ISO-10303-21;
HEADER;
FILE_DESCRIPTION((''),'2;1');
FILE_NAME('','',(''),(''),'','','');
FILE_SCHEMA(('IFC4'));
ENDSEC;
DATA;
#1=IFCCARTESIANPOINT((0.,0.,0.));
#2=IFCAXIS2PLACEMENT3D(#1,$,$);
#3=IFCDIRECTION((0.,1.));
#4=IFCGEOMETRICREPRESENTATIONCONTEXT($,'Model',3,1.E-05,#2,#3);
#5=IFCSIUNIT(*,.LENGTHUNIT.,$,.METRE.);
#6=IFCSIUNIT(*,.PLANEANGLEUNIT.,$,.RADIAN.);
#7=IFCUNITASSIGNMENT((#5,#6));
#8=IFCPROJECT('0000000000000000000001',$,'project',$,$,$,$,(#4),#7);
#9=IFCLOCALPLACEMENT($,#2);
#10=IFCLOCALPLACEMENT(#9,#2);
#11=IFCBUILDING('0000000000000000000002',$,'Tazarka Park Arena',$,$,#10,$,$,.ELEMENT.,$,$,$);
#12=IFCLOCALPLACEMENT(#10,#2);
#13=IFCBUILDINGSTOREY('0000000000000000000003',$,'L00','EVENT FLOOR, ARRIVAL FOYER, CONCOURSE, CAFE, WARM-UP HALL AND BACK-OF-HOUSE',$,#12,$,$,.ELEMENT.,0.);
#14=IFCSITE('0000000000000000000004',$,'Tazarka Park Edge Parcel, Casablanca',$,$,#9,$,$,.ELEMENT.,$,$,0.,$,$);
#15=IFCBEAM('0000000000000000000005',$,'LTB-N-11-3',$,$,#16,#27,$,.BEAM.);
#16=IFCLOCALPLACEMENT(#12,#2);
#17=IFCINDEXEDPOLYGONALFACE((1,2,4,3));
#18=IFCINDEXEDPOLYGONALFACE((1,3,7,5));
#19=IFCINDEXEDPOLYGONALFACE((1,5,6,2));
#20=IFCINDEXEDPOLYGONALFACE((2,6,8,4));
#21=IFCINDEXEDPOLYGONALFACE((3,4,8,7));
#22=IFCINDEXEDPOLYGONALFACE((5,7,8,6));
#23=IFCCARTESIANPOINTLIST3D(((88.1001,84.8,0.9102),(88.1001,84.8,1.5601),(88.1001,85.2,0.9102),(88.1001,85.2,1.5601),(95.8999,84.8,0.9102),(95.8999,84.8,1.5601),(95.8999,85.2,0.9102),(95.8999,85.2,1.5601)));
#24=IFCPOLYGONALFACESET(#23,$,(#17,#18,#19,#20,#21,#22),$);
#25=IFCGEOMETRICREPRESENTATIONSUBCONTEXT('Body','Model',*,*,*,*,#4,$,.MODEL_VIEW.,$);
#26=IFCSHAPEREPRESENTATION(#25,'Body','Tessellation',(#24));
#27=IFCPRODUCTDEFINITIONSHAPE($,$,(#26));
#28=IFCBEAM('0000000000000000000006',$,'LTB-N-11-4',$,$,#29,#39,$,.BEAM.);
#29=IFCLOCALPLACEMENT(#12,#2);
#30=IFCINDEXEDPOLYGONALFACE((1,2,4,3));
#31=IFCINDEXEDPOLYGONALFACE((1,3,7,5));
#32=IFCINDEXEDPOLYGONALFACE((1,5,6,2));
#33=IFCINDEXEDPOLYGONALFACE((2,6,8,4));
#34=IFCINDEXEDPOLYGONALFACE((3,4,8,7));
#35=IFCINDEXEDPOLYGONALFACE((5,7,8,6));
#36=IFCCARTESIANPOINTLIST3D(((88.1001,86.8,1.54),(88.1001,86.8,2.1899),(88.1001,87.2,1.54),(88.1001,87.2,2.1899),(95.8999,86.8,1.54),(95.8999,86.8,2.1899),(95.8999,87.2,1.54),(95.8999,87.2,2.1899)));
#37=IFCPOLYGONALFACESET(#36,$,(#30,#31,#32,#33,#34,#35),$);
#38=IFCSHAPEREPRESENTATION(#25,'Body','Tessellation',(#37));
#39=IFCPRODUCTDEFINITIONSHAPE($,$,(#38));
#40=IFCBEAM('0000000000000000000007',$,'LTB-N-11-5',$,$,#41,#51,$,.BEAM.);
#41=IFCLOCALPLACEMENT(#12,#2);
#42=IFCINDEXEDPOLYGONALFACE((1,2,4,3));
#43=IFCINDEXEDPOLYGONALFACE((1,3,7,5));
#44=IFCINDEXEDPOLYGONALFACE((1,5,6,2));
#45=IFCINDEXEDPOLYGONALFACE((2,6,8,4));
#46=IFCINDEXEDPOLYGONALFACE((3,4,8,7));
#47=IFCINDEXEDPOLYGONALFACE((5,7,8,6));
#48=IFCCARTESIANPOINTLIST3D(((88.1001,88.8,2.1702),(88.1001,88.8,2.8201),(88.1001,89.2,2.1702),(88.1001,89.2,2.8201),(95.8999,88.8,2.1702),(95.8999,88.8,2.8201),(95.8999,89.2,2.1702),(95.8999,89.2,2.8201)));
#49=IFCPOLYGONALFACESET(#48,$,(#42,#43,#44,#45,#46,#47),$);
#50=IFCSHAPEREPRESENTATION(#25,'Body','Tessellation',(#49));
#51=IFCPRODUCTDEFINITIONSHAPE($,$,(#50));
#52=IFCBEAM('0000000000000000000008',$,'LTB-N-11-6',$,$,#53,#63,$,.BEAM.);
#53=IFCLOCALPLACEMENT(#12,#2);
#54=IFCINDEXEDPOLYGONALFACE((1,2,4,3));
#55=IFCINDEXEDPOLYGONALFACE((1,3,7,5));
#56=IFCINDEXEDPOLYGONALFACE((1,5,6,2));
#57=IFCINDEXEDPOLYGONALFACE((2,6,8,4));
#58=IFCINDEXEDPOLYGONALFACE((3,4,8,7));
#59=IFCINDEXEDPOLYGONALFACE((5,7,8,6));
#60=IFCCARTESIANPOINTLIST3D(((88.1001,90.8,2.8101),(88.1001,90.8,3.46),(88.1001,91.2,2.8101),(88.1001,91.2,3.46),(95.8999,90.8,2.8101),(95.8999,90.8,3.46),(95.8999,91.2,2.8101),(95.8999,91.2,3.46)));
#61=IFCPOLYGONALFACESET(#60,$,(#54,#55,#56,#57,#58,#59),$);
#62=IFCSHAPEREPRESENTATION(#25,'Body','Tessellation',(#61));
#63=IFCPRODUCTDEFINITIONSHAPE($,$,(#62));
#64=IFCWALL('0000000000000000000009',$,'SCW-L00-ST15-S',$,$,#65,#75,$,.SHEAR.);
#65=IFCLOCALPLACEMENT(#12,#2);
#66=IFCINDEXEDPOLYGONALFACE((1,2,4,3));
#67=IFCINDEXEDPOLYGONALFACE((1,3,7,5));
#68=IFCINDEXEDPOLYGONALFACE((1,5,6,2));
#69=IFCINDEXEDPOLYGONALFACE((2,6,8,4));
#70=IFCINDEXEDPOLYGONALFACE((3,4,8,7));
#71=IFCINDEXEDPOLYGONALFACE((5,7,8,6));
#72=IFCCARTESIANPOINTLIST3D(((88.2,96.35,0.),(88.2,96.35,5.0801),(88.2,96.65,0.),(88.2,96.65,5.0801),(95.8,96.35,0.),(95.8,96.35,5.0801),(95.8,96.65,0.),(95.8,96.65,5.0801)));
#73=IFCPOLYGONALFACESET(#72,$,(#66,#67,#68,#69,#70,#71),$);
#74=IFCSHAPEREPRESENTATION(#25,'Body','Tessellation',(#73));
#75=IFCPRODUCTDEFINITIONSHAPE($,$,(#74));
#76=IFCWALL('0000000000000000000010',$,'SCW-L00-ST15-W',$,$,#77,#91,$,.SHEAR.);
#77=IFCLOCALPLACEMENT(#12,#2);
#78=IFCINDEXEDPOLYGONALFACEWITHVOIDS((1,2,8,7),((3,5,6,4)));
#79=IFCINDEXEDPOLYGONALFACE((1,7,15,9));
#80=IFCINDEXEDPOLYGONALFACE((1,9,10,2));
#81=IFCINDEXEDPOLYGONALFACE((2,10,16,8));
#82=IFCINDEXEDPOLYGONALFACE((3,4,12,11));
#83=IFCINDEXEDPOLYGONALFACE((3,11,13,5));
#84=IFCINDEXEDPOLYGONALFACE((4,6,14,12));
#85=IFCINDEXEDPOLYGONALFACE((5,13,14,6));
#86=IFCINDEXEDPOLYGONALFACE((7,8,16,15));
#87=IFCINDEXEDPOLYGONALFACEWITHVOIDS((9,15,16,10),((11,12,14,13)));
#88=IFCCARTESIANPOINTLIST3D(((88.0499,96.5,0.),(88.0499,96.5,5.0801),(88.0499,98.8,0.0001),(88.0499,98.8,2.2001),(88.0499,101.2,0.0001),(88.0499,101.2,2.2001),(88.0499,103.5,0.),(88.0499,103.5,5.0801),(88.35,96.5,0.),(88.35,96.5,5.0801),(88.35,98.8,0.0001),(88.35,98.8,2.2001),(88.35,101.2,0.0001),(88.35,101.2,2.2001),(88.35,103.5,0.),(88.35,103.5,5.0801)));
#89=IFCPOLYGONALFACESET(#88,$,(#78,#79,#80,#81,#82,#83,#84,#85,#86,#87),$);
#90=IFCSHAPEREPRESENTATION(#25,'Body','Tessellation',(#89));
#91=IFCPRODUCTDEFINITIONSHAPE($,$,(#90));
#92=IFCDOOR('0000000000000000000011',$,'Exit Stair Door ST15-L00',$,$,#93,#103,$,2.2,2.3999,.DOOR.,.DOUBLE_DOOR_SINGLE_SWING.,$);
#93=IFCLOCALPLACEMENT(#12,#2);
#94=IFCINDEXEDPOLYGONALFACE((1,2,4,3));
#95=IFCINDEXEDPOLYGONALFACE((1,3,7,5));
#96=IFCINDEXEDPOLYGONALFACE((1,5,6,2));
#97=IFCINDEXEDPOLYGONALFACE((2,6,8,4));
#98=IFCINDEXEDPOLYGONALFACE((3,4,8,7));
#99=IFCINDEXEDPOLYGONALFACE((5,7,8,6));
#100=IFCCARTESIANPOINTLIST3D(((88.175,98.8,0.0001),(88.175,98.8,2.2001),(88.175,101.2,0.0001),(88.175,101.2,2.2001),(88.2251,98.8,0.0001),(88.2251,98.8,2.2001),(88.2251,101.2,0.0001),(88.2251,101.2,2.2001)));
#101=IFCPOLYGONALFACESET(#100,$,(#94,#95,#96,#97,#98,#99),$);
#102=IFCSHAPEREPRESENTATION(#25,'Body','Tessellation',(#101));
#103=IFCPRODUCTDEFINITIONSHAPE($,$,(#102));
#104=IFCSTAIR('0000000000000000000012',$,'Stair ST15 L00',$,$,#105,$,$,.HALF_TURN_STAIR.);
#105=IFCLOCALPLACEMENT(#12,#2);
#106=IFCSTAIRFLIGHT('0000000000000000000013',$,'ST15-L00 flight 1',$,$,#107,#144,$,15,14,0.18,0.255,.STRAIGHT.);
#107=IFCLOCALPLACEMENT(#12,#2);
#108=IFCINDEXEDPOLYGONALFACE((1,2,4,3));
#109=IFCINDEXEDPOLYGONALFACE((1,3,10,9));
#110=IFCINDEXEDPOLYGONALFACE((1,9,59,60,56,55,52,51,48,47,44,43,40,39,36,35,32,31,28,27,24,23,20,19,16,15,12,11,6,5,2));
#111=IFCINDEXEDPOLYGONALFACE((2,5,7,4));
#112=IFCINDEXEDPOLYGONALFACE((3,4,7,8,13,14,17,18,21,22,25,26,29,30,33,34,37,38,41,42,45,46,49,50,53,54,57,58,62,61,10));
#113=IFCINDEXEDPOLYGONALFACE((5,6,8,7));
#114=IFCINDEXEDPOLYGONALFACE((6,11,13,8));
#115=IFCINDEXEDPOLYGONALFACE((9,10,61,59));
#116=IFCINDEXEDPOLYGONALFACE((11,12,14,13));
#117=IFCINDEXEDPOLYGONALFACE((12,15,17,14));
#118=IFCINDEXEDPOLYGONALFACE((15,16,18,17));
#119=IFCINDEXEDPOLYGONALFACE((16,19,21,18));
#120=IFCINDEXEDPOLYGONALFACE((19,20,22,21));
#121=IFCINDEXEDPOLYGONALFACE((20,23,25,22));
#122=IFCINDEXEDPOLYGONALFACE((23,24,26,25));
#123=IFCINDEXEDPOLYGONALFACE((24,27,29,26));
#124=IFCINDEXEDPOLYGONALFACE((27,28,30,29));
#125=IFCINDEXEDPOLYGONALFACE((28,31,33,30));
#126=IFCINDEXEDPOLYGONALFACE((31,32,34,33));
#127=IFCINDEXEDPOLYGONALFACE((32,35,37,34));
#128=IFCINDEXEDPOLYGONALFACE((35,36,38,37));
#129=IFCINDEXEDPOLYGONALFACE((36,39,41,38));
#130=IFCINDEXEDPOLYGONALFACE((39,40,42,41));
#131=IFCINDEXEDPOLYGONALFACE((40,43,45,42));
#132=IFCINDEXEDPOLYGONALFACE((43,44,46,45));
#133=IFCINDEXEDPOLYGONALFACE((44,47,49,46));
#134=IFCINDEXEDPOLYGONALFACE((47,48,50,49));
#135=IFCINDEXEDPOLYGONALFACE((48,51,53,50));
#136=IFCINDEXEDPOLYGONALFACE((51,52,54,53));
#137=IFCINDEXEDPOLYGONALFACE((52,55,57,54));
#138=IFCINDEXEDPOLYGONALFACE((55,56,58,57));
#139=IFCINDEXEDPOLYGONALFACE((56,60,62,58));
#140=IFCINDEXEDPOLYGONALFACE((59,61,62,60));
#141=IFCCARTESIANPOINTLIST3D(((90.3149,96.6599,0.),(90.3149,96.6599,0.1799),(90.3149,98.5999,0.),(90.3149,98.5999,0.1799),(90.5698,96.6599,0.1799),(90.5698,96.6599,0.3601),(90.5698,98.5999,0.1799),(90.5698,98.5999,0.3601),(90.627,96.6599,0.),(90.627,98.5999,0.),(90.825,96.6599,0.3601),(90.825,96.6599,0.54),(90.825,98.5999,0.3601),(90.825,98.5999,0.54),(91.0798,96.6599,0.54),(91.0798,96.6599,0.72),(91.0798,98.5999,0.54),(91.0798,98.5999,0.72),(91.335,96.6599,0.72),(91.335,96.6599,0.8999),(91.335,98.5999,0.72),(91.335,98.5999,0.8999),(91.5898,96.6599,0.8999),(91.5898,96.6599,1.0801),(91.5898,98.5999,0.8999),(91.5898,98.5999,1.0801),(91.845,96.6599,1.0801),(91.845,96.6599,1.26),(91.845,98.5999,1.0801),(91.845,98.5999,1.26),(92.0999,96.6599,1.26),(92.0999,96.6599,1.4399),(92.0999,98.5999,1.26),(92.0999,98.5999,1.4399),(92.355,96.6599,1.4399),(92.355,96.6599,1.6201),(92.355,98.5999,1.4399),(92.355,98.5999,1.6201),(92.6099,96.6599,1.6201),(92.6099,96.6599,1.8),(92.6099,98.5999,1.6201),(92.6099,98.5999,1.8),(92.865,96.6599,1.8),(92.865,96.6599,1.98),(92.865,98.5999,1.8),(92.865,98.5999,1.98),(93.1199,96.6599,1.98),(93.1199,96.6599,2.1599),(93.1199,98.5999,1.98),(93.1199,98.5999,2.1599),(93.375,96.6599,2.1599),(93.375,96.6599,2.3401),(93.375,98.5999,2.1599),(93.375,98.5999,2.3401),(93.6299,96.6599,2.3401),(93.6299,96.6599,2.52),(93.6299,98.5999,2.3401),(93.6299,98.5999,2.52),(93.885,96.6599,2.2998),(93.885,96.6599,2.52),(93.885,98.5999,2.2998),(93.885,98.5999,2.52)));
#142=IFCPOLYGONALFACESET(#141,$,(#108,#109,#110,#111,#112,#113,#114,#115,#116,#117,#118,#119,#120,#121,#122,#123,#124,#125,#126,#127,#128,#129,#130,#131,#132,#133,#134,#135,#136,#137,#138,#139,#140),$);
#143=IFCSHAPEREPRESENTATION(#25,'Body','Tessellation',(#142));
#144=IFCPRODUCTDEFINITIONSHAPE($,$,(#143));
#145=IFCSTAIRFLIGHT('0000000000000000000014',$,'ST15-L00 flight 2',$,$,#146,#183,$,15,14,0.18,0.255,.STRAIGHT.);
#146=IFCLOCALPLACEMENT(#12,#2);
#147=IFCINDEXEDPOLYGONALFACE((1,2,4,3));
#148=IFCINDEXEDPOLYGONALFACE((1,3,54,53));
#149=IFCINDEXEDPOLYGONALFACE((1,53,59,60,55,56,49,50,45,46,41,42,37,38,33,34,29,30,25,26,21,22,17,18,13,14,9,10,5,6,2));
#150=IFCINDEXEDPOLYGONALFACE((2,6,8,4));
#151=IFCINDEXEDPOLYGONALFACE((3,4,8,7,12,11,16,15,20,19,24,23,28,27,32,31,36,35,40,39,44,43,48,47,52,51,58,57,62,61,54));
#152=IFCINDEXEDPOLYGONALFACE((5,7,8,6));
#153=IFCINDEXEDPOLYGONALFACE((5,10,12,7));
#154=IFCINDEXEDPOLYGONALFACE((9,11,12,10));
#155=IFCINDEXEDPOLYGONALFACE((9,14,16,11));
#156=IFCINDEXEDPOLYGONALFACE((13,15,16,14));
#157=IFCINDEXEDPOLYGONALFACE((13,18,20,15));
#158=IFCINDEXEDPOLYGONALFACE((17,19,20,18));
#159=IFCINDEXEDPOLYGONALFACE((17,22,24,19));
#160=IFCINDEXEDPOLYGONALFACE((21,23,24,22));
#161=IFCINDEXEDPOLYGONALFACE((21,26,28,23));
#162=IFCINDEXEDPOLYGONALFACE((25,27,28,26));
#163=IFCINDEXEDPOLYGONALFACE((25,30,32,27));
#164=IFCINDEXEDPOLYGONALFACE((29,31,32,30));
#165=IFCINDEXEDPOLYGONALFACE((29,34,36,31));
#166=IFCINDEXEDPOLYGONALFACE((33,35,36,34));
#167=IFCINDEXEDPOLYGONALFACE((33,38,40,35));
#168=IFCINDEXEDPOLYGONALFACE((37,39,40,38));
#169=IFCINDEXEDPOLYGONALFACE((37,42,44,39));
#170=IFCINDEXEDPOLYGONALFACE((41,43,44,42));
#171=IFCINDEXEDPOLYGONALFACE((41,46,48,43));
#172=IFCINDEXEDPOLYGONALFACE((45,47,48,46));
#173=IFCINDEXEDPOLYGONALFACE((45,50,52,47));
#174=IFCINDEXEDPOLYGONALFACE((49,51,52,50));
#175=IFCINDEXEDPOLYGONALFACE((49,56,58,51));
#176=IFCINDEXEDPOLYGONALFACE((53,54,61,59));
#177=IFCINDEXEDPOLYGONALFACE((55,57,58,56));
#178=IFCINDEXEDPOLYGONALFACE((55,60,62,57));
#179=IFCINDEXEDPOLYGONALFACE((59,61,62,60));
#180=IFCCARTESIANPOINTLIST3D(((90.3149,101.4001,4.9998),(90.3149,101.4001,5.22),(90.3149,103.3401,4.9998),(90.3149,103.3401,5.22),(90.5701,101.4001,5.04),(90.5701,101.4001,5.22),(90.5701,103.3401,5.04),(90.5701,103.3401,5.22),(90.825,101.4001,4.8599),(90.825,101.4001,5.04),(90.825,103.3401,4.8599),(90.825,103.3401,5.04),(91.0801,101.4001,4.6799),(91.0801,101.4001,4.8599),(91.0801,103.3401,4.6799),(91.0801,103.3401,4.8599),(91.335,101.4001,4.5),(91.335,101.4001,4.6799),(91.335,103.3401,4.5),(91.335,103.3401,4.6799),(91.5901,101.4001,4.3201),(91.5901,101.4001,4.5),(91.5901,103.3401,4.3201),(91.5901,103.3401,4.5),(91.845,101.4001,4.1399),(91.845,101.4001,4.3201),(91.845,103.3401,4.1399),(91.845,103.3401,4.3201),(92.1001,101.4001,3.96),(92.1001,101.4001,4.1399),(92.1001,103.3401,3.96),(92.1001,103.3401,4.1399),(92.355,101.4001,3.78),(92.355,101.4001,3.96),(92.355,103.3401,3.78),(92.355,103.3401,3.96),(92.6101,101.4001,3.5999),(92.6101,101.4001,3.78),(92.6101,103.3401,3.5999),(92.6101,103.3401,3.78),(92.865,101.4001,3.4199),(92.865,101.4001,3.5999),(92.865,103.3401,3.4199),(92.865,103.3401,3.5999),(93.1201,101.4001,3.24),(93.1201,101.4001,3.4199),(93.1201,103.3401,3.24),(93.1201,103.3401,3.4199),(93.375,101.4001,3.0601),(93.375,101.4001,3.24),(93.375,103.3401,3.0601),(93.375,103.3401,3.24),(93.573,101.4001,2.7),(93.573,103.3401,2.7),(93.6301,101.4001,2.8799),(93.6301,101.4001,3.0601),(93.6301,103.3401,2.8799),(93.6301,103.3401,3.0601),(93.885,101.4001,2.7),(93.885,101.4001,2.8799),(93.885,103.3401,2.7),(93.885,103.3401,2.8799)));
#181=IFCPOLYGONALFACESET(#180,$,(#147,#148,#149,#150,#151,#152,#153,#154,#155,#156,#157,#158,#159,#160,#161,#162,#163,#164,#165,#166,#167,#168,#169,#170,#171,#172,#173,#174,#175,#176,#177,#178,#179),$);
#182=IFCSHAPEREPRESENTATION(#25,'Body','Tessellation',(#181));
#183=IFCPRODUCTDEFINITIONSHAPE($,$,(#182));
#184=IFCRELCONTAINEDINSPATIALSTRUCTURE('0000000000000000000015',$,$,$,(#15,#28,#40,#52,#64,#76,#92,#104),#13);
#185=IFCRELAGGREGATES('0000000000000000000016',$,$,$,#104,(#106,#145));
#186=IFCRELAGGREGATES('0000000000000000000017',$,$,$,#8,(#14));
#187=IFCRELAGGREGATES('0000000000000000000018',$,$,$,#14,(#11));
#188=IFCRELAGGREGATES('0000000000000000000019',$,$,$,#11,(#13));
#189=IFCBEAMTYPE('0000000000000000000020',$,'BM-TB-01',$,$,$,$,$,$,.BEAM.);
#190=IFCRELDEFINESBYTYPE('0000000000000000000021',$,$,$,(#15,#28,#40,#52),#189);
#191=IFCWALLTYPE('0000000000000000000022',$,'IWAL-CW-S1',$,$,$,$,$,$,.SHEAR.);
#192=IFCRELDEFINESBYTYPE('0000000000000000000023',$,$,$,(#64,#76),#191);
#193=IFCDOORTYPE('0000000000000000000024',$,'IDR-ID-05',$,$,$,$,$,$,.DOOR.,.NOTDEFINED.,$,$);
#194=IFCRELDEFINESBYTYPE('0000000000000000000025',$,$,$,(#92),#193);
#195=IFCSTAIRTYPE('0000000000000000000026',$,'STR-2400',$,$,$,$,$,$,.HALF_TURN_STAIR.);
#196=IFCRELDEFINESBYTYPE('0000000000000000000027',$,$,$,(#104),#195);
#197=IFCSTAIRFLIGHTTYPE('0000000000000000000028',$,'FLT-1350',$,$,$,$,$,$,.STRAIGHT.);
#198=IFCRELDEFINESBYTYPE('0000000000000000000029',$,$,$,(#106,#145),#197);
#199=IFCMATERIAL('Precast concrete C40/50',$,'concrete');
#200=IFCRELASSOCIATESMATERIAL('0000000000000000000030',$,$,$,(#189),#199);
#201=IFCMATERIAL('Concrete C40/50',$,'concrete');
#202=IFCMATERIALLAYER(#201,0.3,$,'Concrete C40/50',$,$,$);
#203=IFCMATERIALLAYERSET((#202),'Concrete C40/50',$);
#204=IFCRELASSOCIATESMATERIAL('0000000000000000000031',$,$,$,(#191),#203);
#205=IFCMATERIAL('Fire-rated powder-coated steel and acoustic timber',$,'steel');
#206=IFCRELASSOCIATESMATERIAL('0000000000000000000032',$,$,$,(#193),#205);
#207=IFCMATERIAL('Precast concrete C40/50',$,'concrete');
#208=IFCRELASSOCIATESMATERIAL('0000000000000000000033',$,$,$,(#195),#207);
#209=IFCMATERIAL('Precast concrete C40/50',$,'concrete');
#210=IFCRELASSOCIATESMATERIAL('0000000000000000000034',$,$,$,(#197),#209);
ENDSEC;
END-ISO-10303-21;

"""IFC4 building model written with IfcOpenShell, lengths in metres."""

from ifc_helpers import new_model, si_unit, direction, frame, frame_2d, origin, origin_2d, place, context, subcontext, project, spatial, polyline, rectangle, outline, extrude, material, layer, layer_set, material_profile, profile_set, type_object, element, fill, aggregate, save


model = new_model("IFC4")

# Units and contexts
model_context = context("Model", 3, precision=1e-05, world=origin(), true_north=direction((0.0, 1.0)))
body_context = subcontext(model_context, "Body", "Model", "MODEL_VIEW")
ifc_project = project(units=[si_unit("LENGTHUNIT", "METRE"), si_unit("PLANEANGLEUNIT", "RADIAN")], contexts=[model_context])

# Site, building, storey
site_placement = place(None, origin())
site = spatial("IfcSite", under=ifc_project, at=site_placement, Name="Tazarka Park Edge Parcel, Casablanca", CompositionType="ELEMENT", RefElevation=0.0)
building_placement = place(site_placement, origin())
building = spatial("IfcBuilding", under=site, at=building_placement, Name="Tazarka Park Arena", CompositionType="ELEMENT")
storey_placement = place(building_placement, origin())
storey = spatial("IfcBuildingStorey", under=building, at=storey_placement, Name="L00", Description="EVENT FLOOR, ARRIVAL FOYER, CONCOURSE, CAFE, WARM-UP HALL AND BACK-OF-HOUSE", CompositionType="ELEMENT", Elevation=0.0)

# Beams
ifc_material_1 = material(Name="Precast concrete C40/50", Category="concrete")
ifc_material_profile_1 = material_profile(ifc_material_1, rectangle(XDim=0.3999, YDim=0.6499, at=origin_2d()), Name="Precast concrete C40/50")
ifc_profile_set_1 = profile_set([ifc_material_profile_1], Name="Precast concrete C40/50")
beam_type_1 = type_object("IfcBeamType", Name="BM-TB-01", PredefinedType="BEAM", material=ifc_profile_set_1)
for number, where, z_axis, x_axis, name in (
    (1, (88.1001, 85.0, 1.2351), (1.0, 0.0, 0.0), (0.0, 1.0, 0.0), "LTB-N-11-3"),
    (2, (88.1001, 87.0, 1.865), (1.0, 0.0, 0.0), (0.0, 1.0, 0.0), "LTB-N-11-4"),
    (3, (88.1001, 89.0, 2.4951), (1.0, 0.0, 0.0), (0.0, 1.0, 0.0), "LTB-N-11-5"),
    (4, (88.1001, 91.0, 3.135), (1.0, 0.0, 0.0), (0.0, 1.0, 0.0), "LTB-N-11-6"),
):
    element("IfcBeam", number, at=place(storey_placement, frame(where, z_axis=z_axis, x_axis=x_axis)), inside=storey, type_object=beam_type_1, Name=name, PredefinedType="BEAM", context=body_context, shape_type="SweptSolid", body=[
        extrude(rectangle(XDim=0.3999, YDim=0.6499, at=origin_2d()), origin(), (0.0, 0.0, 1.0), 7.7998),
    ])

# Wall
ifc_material_2 = material(Name="Concrete C40/50", Category="concrete")
ifc_layer = layer(ifc_material_2, 0.3, Name="Concrete C40/50")
ifc_layer_set = layer_set([ifc_layer], Name="Concrete C40/50")
wall_type = type_object("IfcWallType", Name="IWAL-CW-S1", PredefinedType="SHEAR", material=ifc_layer_set)
wall_1_placement = place(storey_placement, frame((95.8, 96.5, 0.0), z_axis=(0.0, 0.0, 1.0), x_axis=(-1.0, 0.0, 0.0)))
element("IfcWall", 5, at=wall_1_placement, inside=storey, type_object=wall_type, Name="SCW-L00-ST15-S", PredefinedType="SHEAR", context=body_context, shape_type="SweptSolid", body=[
    extrude(rectangle(XDim=7.6001, YDim=0.3, at=frame_2d((3.8, 0.0))), origin(), (0.0, 0.0, 1.0), 5.0801),
])

# Wall, opening, door
wall_2_placement = place(storey_placement, frame((88.2, 96.5, 0.0), z_axis=(0.0, 0.0, 1.0), x_axis=(0.0, 1.0, 0.0)))
wall_2 = element("IfcWall", 6, at=wall_2_placement, inside=storey, type_object=wall_type, Name="SCW-L00-ST15-W", PredefinedType="SHEAR", context=body_context, shape_type="SweptSolid", body=[
    extrude(rectangle(XDim=7.0, YDim=0.3, at=frame_2d((3.5, 0.0))), origin(), (0.0, 0.0, 1.0), 5.0801),
])
opening_placement = place(wall_2_placement, frame((2.3, 0.0, 0.0)))
opening = element("IfcOpeningElement", 7, at=opening_placement, cuts=wall_2, PredefinedType="OPENING", context=body_context, shape_type="SweptSolid", body=[
    extrude(rectangle(XDim=2.3999, YDim=2.2, at=frame_2d((1.2, 1.1001))), frame((0.0, 0.1602, 0.0), z_axis=(0.0, -1.0, 0.0), x_axis=(1.0, 0.0, 0.0)), (0.0, 0.0, 1.0), 0.3201),
])
ifc_material_3 = material(Name="Fire-rated powder-coated steel and acoustic timber", Category="steel")
door_type = type_object("IfcDoorType", Name="IDR-ID-05", OperationType="NOTDEFINED", PredefinedType="DOOR", material=ifc_material_3)
door_placement = place(opening_placement, origin())
door = element("IfcDoor", 8, at=door_placement, inside=storey, type_object=door_type, Name="Exit Stair Door ST15-L00", OperationType="DOUBLE_DOOR_SINGLE_SWING", OverallHeight=2.2, OverallWidth=2.3999, PredefinedType="DOOR", context=body_context, shape_type="SweptSolid", body=[
    extrude(rectangle(XDim=2.3999, YDim=2.2, at=frame_2d((1.2, 1.1001))), frame((0.0, 0.0249, 0.0), z_axis=(0.0, -1.0, 0.0), x_axis=(1.0, 0.0, 0.0)), (0.0, 0.0, 1.0), 0.05),
])
fill(opening, door)

# Stair, stair flights
ifc_material_4 = material(Name="Precast concrete C40/50", Category="concrete")
stair_type = type_object("IfcStairType", Name="STR-2400", PredefinedType="HALF_TURN_STAIR", material=ifc_material_4)
stair_placement = place(storey_placement, origin())
stair = element("IfcStair", 9, at=stair_placement, inside=storey, type_object=stair_type, Name="Stair ST15 L00", PredefinedType="HALF_TURN_STAIR")
ifc_material_5 = material(Name="Precast concrete C40/50", Category="concrete")
stair_flight_type = type_object("IfcStairFlightType", Name="FLT-1350", PredefinedType="STRAIGHT", material=ifc_material_5)
stair_flight_1_placement = place(storey_placement, frame((90.3149, 97.6299, 0.0), z_axis=(0.0, 0.0, 1.0), x_axis=(1.0, 0.0, 0.0)))
stair_flight_1 = element("IfcStairFlight", 10, at=stair_flight_1_placement, type_object=stair_flight_type, Name="ST15-L00 flight 1", NumberOfRisers=15, NumberOfTreads=14, PredefinedType="STRAIGHT", RiserHeight=0.18, TreadLength=0.255, context=body_context, shape_type="SweptSolid", body=[
    extrude(outline(polyline([(0.0, 0.0), (0.0, 0.1799), (0.2549, 0.1799), (0.2549, 0.3601), (0.51, 0.3601), (0.51, 0.54), (0.7649, 0.54), (0.7649, 0.72), (1.02, 0.72), (1.02, 0.8999), (1.2749, 0.8999), (1.2749, 1.0801), (1.53, 1.0801), (1.53, 1.26), (1.7849, 1.26), (1.7849, 1.4399), (2.04, 1.4399), (2.04, 1.6201), (2.2949, 1.6201), (2.2949, 1.8), (2.55, 1.8), (2.55, 1.98), (2.8049, 1.98), (2.8049, 2.1599), (3.0601, 2.1599), (3.0601, 2.3401), (3.3149, 2.3401), (3.3149, 2.52), (3.5701, 2.52), (3.5701, 2.7), (3.5701, 2.2998), (0.312, 0.0), (0.0, 0.0)])), frame((0.0, 0.97, 0.0), z_axis=(0.0, -1.0, 0.0), x_axis=(1.0, 0.0, 0.0)), (0.0, 0.0, 1.0), 1.9399),
])
stair_flight_2_placement = place(storey_placement, frame((93.885, 102.3701, 2.7), z_axis=(0.0, 0.0, 1.0), x_axis=(-1.0, 0.0, 0.0)))
stair_flight_2 = element("IfcStairFlight", 11, at=stair_flight_2_placement, type_object=stair_flight_type, Name="ST15-L00 flight 2", NumberOfRisers=15, NumberOfTreads=14, PredefinedType="STRAIGHT", RiserHeight=0.18, TreadLength=0.255, context=body_context, shape_type="SweptSolid", body=[
    extrude(outline(polyline([(0.0, 0.0), (0.0, 0.1799), (0.2549, 0.1799), (0.2549, 0.3601), (0.51, 0.3601), (0.51, 0.54), (0.7649, 0.54), (0.7649, 0.72), (1.02, 0.72), (1.02, 0.8999), (1.2749, 0.8999), (1.2749, 1.0801), (1.53, 1.0801), (1.53, 1.26), (1.7849, 1.26), (1.7849, 1.4399), (2.04, 1.4399), (2.04, 1.6201), (2.2949, 1.6201), (2.2949, 1.8), (2.55, 1.8), (2.55, 1.98), (2.8049, 1.98), (2.8049, 2.1599), (3.0601, 2.1599), (3.0601, 2.3401), (3.3149, 2.3401), (3.3149, 2.52), (3.5701, 2.52), (3.5701, 2.7), (3.5701, 2.2998), (0.312, 0.0), (0.0, 0.0)])), frame((0.0, 0.97, 0.0), z_axis=(0.0, -1.0, 0.0), x_axis=(1.0, 0.0, 0.0)), (0.0, 0.0, 1.0), 1.9399),
])
aggregate(stair, [stair_flight_1, stair_flight_2])

save(model, "model.ifc")
